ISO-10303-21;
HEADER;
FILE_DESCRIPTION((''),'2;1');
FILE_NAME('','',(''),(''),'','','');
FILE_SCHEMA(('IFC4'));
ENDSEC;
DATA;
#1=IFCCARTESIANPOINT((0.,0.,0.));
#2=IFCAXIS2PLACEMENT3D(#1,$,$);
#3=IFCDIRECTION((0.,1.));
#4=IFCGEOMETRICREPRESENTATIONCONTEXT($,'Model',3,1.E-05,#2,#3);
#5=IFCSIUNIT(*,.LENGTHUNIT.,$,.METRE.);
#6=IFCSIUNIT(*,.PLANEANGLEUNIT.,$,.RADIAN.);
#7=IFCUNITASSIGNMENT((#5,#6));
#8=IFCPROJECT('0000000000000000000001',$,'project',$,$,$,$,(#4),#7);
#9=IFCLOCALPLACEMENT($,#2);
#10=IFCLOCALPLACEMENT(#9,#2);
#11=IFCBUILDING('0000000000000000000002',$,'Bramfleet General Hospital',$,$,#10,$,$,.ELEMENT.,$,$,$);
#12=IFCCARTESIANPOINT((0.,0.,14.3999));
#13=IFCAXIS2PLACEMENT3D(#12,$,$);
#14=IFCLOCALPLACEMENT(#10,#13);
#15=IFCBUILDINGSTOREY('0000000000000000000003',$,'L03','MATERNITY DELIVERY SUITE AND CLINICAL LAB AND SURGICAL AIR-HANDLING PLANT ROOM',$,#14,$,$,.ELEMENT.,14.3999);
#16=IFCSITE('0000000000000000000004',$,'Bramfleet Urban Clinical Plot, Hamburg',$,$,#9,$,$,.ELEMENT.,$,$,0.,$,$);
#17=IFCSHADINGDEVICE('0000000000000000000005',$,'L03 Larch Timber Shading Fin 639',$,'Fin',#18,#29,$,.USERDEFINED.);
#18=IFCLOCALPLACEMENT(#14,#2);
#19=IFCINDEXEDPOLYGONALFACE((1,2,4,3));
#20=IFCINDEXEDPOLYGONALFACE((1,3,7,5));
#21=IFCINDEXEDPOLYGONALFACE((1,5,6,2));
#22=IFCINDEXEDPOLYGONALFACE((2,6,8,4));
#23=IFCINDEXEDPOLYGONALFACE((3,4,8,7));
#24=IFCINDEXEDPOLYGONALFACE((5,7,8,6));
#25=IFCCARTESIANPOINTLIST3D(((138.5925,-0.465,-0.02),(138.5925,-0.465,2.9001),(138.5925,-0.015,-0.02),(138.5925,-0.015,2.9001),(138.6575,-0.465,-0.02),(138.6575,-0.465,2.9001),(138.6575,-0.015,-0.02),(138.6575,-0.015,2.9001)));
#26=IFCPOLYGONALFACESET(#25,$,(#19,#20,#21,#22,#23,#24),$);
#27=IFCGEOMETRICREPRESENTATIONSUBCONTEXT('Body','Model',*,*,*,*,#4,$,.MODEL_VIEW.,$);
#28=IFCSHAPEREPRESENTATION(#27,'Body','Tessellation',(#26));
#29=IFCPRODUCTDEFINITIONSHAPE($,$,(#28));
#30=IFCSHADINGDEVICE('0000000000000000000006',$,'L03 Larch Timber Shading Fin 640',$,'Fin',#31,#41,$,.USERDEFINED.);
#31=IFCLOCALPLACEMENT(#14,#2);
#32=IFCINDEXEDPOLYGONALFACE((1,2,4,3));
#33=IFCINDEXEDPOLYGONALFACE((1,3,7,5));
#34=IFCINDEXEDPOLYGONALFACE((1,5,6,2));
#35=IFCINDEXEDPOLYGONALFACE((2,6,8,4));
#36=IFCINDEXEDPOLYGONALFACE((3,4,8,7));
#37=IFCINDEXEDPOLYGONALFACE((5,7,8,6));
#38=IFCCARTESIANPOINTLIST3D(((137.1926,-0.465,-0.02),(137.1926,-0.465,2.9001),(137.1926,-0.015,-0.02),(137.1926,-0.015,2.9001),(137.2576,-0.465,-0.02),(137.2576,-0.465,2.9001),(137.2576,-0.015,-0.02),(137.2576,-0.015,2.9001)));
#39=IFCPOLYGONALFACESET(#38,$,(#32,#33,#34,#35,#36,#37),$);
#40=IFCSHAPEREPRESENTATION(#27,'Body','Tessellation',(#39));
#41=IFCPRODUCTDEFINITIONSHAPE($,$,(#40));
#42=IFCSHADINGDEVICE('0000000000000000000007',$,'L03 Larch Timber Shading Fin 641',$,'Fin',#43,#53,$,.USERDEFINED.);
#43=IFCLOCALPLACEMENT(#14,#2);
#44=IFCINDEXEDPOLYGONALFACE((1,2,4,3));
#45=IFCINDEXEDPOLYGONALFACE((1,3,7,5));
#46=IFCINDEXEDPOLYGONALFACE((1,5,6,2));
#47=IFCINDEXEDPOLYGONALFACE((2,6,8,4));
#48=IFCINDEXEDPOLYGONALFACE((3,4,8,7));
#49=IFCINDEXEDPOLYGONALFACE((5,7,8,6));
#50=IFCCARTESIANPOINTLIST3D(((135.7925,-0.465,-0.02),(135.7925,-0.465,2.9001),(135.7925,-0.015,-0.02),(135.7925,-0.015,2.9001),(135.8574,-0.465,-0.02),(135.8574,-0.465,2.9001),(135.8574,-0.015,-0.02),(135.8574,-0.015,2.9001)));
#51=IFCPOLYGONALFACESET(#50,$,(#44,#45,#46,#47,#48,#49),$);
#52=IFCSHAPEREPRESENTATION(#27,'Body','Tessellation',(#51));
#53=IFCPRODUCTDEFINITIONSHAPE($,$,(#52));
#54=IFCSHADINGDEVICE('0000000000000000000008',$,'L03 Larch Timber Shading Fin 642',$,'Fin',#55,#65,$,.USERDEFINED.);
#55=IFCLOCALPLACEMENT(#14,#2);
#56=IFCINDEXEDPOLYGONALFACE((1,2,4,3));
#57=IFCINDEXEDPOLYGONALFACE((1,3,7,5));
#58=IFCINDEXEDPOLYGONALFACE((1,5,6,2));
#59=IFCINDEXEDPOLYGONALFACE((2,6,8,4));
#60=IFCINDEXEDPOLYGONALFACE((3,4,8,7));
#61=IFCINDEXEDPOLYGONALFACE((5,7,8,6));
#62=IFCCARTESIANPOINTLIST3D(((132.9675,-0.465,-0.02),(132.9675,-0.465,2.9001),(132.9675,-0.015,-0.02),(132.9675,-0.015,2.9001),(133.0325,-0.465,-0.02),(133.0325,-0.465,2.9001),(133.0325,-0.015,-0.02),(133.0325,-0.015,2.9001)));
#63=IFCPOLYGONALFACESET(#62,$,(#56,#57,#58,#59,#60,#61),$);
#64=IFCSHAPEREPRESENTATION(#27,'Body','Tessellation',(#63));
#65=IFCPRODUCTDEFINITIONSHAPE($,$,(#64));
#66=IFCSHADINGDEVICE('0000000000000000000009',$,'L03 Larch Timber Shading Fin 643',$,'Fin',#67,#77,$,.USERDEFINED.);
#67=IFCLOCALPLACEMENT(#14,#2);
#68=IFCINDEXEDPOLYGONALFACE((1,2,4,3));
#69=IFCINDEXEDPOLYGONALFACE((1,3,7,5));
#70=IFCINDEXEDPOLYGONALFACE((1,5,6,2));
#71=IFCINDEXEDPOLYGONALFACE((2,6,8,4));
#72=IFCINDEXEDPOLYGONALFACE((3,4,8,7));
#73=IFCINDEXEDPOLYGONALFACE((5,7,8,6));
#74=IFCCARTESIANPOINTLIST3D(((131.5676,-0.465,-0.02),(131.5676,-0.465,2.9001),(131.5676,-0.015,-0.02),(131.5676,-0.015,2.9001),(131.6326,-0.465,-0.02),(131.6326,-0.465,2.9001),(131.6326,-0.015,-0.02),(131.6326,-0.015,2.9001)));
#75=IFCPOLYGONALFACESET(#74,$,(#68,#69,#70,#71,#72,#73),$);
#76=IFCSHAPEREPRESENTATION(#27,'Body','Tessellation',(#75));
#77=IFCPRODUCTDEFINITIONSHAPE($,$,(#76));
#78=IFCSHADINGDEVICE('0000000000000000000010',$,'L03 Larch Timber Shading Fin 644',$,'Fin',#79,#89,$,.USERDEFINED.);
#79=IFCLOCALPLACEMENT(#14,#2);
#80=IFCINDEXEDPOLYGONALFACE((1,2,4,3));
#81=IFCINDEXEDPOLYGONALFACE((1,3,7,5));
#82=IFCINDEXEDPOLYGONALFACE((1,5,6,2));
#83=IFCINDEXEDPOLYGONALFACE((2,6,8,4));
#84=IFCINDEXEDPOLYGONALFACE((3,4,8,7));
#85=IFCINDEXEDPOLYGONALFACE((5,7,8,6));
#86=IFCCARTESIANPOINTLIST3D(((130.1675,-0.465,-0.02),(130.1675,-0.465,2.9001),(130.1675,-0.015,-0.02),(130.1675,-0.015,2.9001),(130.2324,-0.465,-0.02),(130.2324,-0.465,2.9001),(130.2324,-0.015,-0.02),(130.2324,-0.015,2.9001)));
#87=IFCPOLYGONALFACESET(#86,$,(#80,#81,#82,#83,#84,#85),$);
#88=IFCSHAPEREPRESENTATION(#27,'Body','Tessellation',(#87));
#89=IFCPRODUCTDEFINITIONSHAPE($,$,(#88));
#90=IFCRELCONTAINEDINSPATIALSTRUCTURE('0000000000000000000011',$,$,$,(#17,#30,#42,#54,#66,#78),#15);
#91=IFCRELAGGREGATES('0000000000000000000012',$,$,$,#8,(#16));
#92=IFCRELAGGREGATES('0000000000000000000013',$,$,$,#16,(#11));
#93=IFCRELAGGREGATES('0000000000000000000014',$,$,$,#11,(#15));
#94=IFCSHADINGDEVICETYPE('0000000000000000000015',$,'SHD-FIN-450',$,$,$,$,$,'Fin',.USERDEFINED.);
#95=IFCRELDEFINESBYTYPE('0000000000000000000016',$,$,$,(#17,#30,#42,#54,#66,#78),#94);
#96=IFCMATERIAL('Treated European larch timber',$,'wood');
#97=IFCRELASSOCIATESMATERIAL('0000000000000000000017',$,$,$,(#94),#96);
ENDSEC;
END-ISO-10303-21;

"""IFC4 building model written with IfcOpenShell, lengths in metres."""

from ifc_helpers import new_model, si_unit, direction, frame, origin, origin_2d, place, context, subcontext, project, spatial, rectangle, extrude, material, material_profile, profile_set, type_object, element, save


model = new_model("IFC4")

# Units and contexts
model_context = context("Model", 3, precision=1e-05, world=origin(), true_north=direction((0.0, 1.0)))
body_context = subcontext(model_context, "Body", "Model", "MODEL_VIEW")
ifc_project = project(units=[si_unit("LENGTHUNIT", "METRE"), si_unit("PLANEANGLEUNIT", "RADIAN")], contexts=[model_context])

# Site, building, storey
site_placement = place(None, origin())
site = spatial("IfcSite", under=ifc_project, at=site_placement, Name="Bramfleet Urban Clinical Plot, Hamburg", CompositionType="ELEMENT", RefElevation=0.0)
building_placement = place(site_placement, origin())
building = spatial("IfcBuilding", under=site, at=building_placement, Name="Bramfleet General Hospital", CompositionType="ELEMENT")
storey_placement = place(building_placement, frame((0.0, 0.0, 14.3999)))
storey = spatial("IfcBuildingStorey", under=building, at=storey_placement, Name="L03", Description="MATERNITY DELIVERY SUITE AND CLINICAL LAB AND SURGICAL AIR-HANDLING PLANT ROOM", CompositionType="ELEMENT", Elevation=14.3999)

# Shading devices
ifc_material_1 = material(Name="Treated European larch timber", Category="wood")
ifc_material_profile_1 = material_profile(ifc_material_1, rectangle(XDim=0.0649, YDim=0.45, at=origin_2d()), Name="LARCH FIN 450x65")
ifc_profile_set_1 = profile_set([ifc_material_profile_1], Name="Treated European larch timber")
shading_device_type = type_object("IfcShadingDeviceType", Name="SHD-FIN-450", ElementType="Fin", PredefinedType="USERDEFINED", material=ifc_profile_set_1)
for number, where, z_axis, x_axis, name in (
    (1, (138.625, -0.24, -0.02), (0.0, 0.0, 1.0), (-1.0, 0.0, 0.0), "L03 Larch Timber Shading Fin 639"),
    (2, (137.2251, -0.24, -0.02), (0.0, 0.0, 1.0), (-1.0, 0.0, 0.0), "L03 Larch Timber Shading Fin 640"),
    (3, (135.825, -0.24, -0.02), (0.0, 0.0, 1.0), (-1.0, 0.0, 0.0), "L03 Larch Timber Shading Fin 641"),
    (4, (133.0, -0.24, -0.02), (0.0, 0.0, 1.0), (-1.0, 0.0, 0.0), "L03 Larch Timber Shading Fin 642"),
    (5, (131.6001, -0.24, -0.02), (0.0, 0.0, 1.0), (-1.0, 0.0, 0.0), "L03 Larch Timber Shading Fin 643"),
    (6, (130.2, -0.24, -0.02), (0.0, 0.0, 1.0), (-1.0, 0.0, 0.0), "L03 Larch Timber Shading Fin 644"),
):
    element("IfcShadingDevice", number, at=place(storey_placement, frame(where, z_axis=z_axis, x_axis=x_axis)), inside=storey, type_object=shading_device_type, Name=name, ObjectType="Fin", PredefinedType="USERDEFINED", context=body_context, shape_type="SweptSolid", body=[
        extrude(rectangle(XDim=0.0649, YDim=0.45, at=origin_2d()), origin(), (0.0, 0.0, 1.0), 2.9202),
    ])

save(model, "model.ifc")
